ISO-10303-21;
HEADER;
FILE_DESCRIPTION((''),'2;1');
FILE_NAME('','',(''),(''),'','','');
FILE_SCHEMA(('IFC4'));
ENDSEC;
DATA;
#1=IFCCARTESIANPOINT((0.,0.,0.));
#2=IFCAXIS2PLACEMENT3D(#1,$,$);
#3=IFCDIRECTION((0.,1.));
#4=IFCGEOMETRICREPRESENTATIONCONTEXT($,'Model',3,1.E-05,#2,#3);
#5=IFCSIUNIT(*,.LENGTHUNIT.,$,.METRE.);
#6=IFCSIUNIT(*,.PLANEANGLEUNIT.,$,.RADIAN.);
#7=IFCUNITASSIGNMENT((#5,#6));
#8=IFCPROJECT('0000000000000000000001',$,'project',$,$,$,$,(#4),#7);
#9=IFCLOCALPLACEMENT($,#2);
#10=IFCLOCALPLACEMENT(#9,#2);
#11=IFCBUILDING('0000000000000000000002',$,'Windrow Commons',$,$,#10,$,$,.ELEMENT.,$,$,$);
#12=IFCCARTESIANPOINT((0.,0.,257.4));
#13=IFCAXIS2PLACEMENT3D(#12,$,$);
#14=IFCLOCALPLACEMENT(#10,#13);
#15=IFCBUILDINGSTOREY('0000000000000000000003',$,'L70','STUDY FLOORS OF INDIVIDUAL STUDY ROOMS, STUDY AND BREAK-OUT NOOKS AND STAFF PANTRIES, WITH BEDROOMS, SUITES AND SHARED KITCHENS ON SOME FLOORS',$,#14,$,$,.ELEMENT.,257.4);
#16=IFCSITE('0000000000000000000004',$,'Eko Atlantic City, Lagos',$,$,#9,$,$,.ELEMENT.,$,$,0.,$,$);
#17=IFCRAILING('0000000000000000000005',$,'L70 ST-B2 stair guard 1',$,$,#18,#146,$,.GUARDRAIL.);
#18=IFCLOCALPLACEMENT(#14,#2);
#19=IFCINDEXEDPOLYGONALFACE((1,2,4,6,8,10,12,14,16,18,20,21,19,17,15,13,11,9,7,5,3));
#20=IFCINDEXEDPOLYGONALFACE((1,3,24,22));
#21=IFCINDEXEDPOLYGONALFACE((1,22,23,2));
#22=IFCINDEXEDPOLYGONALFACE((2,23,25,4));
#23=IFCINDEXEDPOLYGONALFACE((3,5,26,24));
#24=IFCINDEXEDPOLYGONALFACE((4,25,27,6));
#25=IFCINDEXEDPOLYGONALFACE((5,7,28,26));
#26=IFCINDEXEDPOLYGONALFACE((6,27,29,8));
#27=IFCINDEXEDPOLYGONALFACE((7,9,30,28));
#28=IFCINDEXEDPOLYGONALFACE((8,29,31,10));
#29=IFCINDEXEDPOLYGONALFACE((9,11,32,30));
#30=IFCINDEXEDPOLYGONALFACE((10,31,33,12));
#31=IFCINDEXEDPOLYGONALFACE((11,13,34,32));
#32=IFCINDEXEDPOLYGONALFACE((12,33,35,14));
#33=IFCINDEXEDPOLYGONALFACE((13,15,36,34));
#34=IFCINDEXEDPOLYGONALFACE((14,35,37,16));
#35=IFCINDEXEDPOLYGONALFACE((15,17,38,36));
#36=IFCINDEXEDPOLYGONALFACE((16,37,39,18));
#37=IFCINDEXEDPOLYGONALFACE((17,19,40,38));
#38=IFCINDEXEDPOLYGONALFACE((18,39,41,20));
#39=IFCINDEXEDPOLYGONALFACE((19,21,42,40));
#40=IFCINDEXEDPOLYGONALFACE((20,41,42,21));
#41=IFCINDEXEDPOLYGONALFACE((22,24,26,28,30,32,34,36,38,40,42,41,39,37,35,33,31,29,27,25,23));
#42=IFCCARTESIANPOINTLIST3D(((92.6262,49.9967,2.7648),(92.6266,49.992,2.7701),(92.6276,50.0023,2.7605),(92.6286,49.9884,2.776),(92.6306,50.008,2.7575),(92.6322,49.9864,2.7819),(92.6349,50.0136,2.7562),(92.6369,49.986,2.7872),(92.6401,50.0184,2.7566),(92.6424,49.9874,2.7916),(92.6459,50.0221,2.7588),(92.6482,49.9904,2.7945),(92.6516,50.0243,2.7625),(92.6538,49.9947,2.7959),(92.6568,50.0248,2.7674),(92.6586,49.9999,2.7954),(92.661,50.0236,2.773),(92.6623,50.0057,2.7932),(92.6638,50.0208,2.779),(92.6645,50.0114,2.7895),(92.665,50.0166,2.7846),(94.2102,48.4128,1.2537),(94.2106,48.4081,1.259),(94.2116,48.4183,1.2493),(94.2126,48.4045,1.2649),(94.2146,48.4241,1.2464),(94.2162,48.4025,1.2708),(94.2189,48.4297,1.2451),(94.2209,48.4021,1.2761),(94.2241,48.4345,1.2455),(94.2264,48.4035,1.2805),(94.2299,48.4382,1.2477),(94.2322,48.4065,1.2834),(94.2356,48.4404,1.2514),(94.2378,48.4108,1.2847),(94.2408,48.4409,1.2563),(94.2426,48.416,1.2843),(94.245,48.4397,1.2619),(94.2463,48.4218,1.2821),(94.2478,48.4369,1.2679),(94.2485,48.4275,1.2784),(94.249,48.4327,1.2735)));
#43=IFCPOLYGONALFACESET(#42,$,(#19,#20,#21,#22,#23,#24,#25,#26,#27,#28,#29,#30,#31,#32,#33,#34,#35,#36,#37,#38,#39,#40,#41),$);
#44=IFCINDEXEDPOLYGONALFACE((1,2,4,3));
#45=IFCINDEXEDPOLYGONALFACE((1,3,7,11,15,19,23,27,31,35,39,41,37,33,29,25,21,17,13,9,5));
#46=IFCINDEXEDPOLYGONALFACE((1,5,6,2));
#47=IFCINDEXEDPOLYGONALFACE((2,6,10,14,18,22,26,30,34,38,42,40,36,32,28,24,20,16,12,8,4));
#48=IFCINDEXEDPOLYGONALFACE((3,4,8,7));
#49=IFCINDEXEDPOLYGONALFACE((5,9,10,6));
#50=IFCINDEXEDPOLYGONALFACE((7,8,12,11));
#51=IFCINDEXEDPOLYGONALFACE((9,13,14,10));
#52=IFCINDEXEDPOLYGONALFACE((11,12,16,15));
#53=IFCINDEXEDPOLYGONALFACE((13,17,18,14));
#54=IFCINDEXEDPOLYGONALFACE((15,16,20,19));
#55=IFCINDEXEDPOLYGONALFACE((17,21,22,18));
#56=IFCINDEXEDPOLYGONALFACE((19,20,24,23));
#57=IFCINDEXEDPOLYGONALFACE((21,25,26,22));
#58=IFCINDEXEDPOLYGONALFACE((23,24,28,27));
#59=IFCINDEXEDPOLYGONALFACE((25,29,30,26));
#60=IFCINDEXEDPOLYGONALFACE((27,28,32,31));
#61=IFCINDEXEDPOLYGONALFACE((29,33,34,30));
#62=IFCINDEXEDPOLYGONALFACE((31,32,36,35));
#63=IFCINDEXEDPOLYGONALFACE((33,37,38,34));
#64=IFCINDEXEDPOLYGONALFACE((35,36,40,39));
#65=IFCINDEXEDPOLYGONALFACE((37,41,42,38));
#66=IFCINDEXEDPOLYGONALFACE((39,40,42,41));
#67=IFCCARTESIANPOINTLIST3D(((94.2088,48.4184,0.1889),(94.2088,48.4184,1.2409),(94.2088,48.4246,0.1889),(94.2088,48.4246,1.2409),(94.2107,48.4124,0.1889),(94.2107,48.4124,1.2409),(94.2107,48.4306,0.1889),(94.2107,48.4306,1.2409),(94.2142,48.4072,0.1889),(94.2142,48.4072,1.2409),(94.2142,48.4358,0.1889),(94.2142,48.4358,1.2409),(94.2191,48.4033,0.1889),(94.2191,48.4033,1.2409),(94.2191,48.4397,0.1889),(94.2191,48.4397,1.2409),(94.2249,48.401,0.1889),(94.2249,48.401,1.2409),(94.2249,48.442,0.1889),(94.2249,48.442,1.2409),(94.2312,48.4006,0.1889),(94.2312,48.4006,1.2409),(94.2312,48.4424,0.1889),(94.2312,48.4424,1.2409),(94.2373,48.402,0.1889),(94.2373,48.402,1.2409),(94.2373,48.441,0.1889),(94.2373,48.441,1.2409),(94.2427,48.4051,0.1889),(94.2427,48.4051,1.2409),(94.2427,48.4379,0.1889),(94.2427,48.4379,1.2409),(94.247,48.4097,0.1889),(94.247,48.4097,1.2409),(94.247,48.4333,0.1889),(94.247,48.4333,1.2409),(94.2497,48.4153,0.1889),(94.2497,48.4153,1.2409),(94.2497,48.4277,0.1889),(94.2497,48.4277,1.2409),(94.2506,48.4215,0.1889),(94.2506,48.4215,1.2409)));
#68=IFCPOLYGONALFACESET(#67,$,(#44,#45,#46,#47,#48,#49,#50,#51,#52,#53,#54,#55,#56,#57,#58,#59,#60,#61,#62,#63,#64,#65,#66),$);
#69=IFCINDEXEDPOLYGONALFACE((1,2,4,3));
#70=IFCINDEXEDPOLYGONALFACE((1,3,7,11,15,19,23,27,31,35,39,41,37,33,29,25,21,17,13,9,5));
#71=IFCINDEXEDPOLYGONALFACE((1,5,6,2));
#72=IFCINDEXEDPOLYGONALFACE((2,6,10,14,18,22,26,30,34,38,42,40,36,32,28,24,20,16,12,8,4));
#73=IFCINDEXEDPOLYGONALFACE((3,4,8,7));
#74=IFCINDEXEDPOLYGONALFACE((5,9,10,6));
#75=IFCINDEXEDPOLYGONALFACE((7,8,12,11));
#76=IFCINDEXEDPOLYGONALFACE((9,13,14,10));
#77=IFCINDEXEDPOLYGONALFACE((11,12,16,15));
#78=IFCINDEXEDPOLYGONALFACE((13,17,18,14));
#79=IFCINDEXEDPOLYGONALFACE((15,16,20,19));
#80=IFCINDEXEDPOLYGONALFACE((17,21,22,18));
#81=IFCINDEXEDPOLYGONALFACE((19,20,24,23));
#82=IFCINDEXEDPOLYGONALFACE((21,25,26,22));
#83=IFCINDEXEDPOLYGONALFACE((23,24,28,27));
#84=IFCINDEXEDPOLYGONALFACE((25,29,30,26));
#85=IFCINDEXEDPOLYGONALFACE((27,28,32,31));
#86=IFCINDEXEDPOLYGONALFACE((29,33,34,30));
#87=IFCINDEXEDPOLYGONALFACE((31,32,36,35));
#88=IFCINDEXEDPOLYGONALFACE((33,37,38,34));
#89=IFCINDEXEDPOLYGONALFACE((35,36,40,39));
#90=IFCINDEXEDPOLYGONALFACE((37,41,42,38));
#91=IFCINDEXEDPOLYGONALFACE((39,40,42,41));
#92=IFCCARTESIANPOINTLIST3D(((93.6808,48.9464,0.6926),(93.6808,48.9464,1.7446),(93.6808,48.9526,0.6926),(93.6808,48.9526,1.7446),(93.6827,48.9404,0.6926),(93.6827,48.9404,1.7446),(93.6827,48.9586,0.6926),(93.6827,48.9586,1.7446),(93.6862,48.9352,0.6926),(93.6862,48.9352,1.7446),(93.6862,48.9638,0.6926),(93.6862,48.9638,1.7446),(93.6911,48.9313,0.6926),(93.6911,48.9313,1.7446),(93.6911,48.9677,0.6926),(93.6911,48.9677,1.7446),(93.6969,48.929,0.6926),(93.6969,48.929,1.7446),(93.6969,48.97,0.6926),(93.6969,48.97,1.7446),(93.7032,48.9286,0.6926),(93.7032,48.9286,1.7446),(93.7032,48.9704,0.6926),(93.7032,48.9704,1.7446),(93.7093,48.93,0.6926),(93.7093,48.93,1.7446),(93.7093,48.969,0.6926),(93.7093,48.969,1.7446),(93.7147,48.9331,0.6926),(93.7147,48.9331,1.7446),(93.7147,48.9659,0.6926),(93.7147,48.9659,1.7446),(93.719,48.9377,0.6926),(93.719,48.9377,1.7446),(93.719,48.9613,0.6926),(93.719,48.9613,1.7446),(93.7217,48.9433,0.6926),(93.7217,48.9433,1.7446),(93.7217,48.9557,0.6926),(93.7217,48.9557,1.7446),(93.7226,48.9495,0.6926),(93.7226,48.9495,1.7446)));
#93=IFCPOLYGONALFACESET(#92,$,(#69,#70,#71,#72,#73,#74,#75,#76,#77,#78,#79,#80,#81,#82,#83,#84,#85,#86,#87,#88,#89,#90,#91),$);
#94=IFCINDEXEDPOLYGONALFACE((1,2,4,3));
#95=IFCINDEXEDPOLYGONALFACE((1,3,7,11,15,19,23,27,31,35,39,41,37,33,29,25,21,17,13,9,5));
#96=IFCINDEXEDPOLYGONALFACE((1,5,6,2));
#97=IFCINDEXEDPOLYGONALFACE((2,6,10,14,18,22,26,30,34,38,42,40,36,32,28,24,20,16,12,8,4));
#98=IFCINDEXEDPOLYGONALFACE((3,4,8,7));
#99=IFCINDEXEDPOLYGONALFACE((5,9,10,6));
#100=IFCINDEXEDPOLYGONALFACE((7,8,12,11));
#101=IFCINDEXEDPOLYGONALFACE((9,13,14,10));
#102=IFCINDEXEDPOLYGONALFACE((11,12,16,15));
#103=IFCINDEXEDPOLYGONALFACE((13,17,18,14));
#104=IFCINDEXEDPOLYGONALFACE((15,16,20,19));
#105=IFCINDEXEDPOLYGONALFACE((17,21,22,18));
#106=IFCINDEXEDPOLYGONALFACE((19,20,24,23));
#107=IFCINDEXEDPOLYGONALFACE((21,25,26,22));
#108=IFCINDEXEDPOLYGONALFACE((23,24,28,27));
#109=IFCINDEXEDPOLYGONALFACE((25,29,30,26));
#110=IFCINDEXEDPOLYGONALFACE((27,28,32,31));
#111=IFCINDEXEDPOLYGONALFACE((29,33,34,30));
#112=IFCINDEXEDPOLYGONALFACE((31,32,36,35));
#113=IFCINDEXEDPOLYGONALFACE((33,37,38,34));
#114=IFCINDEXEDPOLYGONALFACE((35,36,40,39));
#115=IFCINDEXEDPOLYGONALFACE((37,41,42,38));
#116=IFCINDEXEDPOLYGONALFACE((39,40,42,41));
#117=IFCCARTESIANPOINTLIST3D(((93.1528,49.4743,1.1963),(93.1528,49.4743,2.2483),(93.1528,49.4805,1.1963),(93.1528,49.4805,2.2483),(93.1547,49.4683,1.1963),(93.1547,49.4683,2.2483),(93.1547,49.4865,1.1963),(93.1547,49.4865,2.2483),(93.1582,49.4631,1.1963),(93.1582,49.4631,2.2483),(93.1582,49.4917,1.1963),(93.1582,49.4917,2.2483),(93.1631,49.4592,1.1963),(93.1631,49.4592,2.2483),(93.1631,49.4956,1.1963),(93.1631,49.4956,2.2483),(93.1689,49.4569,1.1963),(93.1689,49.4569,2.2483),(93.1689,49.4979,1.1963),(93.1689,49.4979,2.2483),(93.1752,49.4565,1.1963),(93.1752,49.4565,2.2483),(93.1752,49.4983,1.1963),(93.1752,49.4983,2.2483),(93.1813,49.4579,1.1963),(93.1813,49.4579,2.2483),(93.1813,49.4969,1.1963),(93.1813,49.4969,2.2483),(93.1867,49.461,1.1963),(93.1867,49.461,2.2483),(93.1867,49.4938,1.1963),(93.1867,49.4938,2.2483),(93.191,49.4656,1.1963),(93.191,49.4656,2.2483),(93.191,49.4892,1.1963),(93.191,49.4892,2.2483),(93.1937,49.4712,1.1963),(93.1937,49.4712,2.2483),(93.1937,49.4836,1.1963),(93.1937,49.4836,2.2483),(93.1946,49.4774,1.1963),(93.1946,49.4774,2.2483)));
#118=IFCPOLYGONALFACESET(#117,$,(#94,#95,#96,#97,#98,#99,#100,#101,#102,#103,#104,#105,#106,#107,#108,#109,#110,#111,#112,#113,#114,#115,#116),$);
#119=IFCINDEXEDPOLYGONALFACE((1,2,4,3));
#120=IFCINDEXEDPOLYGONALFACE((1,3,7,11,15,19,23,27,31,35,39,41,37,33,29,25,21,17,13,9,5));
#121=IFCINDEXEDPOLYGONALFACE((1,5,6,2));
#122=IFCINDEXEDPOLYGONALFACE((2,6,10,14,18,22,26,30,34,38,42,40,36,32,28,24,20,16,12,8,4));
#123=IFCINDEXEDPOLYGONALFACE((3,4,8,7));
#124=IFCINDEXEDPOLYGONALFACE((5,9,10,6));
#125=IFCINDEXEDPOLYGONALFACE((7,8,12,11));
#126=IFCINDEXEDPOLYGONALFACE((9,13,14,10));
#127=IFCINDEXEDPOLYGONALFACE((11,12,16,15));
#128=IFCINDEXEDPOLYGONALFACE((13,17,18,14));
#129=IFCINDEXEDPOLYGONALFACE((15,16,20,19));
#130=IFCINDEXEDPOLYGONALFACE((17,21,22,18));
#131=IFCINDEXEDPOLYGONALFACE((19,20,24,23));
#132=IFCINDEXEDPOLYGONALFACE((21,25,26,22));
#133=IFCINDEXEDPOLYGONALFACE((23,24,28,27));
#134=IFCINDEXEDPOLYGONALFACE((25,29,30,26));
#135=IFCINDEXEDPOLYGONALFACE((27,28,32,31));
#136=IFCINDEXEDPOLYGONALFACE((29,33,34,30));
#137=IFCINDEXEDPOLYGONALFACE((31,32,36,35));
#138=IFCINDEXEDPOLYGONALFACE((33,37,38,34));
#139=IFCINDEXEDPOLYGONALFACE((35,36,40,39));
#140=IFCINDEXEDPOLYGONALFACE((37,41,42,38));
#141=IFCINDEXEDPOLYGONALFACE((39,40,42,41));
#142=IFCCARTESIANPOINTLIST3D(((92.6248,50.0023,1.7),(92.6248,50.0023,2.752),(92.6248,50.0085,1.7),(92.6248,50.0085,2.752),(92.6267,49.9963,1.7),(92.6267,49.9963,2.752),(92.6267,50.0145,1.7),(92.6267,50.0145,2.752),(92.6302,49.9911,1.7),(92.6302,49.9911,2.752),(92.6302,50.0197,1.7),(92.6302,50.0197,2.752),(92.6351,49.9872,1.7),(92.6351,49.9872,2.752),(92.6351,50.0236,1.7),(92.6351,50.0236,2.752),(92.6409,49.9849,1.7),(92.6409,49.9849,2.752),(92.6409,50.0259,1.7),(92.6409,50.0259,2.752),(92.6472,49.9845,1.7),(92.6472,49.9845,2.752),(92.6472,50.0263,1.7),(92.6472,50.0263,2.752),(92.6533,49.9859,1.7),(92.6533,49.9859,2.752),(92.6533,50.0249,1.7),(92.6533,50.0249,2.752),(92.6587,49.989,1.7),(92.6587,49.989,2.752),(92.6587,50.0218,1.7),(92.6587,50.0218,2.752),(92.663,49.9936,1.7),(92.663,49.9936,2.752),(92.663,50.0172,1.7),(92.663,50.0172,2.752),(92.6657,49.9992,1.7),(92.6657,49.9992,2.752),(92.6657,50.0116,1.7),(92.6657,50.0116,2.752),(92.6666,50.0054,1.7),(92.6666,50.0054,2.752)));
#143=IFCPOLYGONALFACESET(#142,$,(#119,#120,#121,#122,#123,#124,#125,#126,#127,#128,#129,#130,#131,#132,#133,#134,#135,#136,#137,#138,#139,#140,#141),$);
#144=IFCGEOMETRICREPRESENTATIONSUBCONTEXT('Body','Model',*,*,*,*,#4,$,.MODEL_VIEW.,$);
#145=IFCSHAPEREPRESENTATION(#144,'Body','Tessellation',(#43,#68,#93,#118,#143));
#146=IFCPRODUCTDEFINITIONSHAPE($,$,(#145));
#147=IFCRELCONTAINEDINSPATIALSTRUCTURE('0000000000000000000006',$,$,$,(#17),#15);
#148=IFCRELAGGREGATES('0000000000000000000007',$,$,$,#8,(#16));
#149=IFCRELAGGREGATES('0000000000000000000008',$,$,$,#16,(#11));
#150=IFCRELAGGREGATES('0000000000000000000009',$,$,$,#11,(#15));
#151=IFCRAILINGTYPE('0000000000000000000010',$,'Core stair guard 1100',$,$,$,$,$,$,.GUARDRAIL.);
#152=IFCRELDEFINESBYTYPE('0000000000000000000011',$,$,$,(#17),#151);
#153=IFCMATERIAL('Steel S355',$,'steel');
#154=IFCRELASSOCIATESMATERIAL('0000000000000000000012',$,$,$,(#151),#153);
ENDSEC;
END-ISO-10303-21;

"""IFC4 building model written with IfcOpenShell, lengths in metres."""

from ifc_helpers import new_model, si_unit, direction, frame, origin, origin_2d, place, context, subcontext, project, spatial, circle, extrude, material, type_object, element, save


model = new_model("IFC4")

# Units and contexts
model_context = context("Model", 3, precision=1e-05, world=origin(), true_north=direction((0.0, 1.0)))
body_context = subcontext(model_context, "Body", "Model", "MODEL_VIEW")
ifc_project = project(units=[si_unit("LENGTHUNIT", "METRE"), si_unit("PLANEANGLEUNIT", "RADIAN")], contexts=[model_context])

# Site, building, storey
site_placement = place(None, origin())
site = spatial("IfcSite", under=ifc_project, at=site_placement, Name="Eko Atlantic City, Lagos", CompositionType="ELEMENT", RefElevation=0.0)
building_placement = place(site_placement, origin())
building = spatial("IfcBuilding", under=site, at=building_placement, Name="Windrow Commons", CompositionType="ELEMENT")
storey_placement = place(building_placement, frame((0.0, 0.0, 257.4)))
storey = spatial("IfcBuildingStorey", under=building, at=storey_placement, Name="L70", Description="STUDY FLOORS OF INDIVIDUAL STUDY ROOMS, STUDY AND BREAK-OUT NOOKS AND STAFF PANTRIES, WITH BEDROOMS, SUITES AND SHARED KITCHENS ON SOME FLOORS", CompositionType="ELEMENT", Elevation=257.4)

# Railing
ifc_material_1 = material(Name="Steel S355", Category="steel")
railing_type_1 = type_object("IfcRailingType", Name="Core stair guard 1100", PredefinedType="GUARDRAIL", material=ifc_material_1)
railing_1_placement = place(storey_placement, frame((94.2296, 48.4215, 0.1889)))
element("IfcRailing", 1, at=railing_1_placement, inside=storey, type_object=railing_type_1, Name="L70 ST-B2 stair guard 1", PredefinedType="GUARDRAIL", context=body_context, shape_type="SweptSolid", body=[
    extrude(circle(Radius=0.024, at=origin_2d()), frame((0.0, 0.0, 1.076), z_axis=(-0.586216, 0.586179, 0.559237), x_axis=(-0.707084, -0.707129, 0.0)), (0.0, 0.0, 1.0), 2.7021),
    extrude(circle(Radius=0.021, at=origin_2d()), origin(), (0.0, 0.0, 1.0), 1.052),
    extrude(circle(Radius=0.021, at=origin_2d()), frame((-0.528, 0.528, 0.5037)), (0.0, 0.0, 1.0), 1.052),
    extrude(circle(Radius=0.021, at=origin_2d()), frame((-1.056, 1.0559, 1.0074)), (0.0, 0.0, 1.0), 1.052),
    extrude(circle(Radius=0.021, at=origin_2d()), frame((-1.584, 1.5839, 1.5111)), (0.0, 0.0, 1.0), 1.052),
])

save(model, "model.ifc")
